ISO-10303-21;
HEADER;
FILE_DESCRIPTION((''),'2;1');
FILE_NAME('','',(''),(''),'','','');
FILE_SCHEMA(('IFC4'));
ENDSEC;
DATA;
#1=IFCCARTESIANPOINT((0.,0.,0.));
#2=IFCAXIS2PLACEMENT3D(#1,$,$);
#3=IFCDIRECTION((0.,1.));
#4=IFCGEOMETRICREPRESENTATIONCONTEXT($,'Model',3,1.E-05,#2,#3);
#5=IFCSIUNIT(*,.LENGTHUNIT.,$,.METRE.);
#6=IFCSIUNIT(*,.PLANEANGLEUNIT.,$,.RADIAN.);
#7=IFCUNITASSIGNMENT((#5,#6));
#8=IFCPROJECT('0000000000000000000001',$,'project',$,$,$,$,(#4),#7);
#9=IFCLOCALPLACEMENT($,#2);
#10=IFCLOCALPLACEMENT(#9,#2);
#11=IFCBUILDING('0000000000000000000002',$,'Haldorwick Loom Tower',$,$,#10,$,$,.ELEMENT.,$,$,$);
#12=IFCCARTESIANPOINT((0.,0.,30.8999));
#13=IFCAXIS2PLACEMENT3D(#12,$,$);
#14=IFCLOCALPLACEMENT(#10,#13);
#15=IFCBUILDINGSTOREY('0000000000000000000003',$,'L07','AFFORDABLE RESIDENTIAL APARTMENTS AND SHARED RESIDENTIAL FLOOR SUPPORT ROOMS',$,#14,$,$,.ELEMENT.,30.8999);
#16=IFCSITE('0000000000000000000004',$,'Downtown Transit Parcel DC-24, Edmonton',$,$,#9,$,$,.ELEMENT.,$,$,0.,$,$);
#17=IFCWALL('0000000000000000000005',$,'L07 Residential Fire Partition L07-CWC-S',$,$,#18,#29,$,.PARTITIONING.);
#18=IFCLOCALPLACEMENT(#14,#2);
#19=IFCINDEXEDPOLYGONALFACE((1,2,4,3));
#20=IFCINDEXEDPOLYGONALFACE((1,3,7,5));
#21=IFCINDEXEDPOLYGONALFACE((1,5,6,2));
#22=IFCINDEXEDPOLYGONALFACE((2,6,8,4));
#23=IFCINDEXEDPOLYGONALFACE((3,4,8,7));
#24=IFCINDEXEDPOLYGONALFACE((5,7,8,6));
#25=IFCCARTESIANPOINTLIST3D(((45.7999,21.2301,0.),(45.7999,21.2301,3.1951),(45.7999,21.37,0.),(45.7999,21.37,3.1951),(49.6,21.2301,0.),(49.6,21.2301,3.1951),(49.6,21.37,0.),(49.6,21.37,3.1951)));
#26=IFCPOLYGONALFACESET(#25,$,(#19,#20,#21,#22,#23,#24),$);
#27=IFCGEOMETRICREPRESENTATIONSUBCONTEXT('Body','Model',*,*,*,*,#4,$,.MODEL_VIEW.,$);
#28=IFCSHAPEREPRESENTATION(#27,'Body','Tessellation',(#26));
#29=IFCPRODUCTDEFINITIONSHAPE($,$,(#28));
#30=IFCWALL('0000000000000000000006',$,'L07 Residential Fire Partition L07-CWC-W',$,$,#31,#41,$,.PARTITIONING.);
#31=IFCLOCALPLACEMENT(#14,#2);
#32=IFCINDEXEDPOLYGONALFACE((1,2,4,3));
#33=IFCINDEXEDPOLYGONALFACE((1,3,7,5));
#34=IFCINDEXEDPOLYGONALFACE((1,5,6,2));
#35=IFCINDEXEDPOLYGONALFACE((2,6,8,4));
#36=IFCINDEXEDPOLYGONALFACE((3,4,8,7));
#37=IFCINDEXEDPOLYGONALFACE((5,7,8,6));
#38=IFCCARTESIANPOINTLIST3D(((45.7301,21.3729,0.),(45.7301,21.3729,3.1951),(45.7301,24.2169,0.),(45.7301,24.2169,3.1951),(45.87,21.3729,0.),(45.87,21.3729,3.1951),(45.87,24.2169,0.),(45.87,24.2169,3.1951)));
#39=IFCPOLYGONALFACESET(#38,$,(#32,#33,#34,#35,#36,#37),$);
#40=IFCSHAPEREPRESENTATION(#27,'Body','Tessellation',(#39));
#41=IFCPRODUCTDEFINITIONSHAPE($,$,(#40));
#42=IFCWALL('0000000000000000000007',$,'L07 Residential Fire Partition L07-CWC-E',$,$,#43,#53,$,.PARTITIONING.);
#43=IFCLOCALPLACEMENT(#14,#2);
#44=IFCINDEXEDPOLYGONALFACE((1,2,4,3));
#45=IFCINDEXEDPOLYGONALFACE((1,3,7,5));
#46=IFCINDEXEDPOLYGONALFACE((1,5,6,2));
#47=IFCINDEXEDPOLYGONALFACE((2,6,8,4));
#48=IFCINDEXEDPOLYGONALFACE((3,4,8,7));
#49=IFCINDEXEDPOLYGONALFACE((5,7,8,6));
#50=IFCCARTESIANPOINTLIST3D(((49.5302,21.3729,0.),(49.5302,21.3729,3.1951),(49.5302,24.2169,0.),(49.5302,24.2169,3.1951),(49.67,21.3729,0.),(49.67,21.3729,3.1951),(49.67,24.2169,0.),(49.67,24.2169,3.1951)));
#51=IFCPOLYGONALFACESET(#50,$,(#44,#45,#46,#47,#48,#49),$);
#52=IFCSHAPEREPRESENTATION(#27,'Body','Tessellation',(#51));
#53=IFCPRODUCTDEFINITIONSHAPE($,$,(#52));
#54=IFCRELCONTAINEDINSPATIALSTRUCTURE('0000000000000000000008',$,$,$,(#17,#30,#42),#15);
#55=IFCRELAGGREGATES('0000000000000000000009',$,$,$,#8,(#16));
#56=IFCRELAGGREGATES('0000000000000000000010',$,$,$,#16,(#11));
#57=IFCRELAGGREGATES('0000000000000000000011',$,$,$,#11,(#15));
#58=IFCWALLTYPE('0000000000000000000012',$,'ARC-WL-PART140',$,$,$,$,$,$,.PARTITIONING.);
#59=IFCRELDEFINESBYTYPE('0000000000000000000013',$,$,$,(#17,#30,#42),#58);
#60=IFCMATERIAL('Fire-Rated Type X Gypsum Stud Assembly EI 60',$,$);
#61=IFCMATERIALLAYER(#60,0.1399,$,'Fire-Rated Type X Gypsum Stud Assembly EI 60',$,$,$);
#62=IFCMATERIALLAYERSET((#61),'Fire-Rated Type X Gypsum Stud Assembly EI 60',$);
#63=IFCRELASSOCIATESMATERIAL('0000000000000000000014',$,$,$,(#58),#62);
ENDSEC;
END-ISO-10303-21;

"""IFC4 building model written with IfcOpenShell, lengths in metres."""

from ifc_helpers import new_model, si_unit, direction, frame, frame_2d, origin, place, context, subcontext, project, spatial, rectangle, extrude, material, layer, layer_set, type_object, element, save


model = new_model("IFC4")

# Units and contexts
model_context = context("Model", 3, precision=1e-05, world=origin(), true_north=direction((0.0, 1.0)))
body_context = subcontext(model_context, "Body", "Model", "MODEL_VIEW")
ifc_project = project(units=[si_unit("LENGTHUNIT", "METRE"), si_unit("PLANEANGLEUNIT", "RADIAN")], contexts=[model_context])

# Site, building, storey
site_placement = place(None, origin())
site = spatial("IfcSite", under=ifc_project, at=site_placement, Name="Downtown Transit Parcel DC-24, Edmonton", CompositionType="ELEMENT", RefElevation=0.0)
building_placement = place(site_placement, origin())
building = spatial("IfcBuilding", under=site, at=building_placement, Name="Haldorwick Loom Tower", CompositionType="ELEMENT")
storey_placement = place(building_placement, frame((0.0, 0.0, 30.8999)))
storey = spatial("IfcBuildingStorey", under=building, at=storey_placement, Name="L07", Description="AFFORDABLE RESIDENTIAL APARTMENTS AND SHARED RESIDENTIAL FLOOR SUPPORT ROOMS", CompositionType="ELEMENT", Elevation=30.8999)

# Shared definitions
ifc_material_1 = material(Name="Fire-Rated Type X Gypsum Stud Assembly EI 60")

# Walls
ifc_layer_1 = layer(ifc_material_1, 0.1399, Name="Fire-Rated Type X Gypsum Stud Assembly EI 60")
ifc_layer_set_1 = layer_set([ifc_layer_1], Name="Fire-Rated Type X Gypsum Stud Assembly EI 60")
wall_type_1 = type_object("IfcWallType", Name="ARC-WL-PART140", PredefinedType="PARTITIONING", material=ifc_layer_set_1)
wall_1_placement = place(storey_placement, frame((45.8, 21.3, 0.0), z_axis=(0.0, 0.0, 1.0), x_axis=(1.0, 0.0, 0.0)))
element("IfcWall", 1, at=wall_1_placement, inside=storey, type_object=wall_type_1, Name="L07 Residential Fire Partition L07-CWC-S", PredefinedType="PARTITIONING", context=body_context, shape_type="SweptSolid", body=[
    extrude(rectangle(XDim=3.8, YDim=0.1399, at=frame_2d((1.8999, 0.0))), origin(), (0.0, 0.0, 1.0), 3.1951),
])
for number, where, z_axis, x_axis, name in (
    (2, (45.8, 21.373, 0.0), (0.0, 0.0, 1.0), (0.0, 1.0, 0.0), "L07 Residential Fire Partition L07-CWC-W"),
    (3, (49.6001, 21.373, 0.0), (0.0, 0.0, 1.0), (0.0, 1.0, 0.0), "L07 Residential Fire Partition L07-CWC-E"),
):
    element("IfcWall", number, at=place(storey_placement, frame(where, z_axis=z_axis, x_axis=x_axis)), inside=storey, type_object=wall_type_1, Name=name, PredefinedType="PARTITIONING", context=body_context, shape_type="SweptSolid", body=[
        extrude(rectangle(XDim=2.844, YDim=0.1399, at=frame_2d((1.4219, 0.0))), origin(), (0.0, 0.0, 1.0), 3.1951),
    ])

save(model, "model.ifc")
